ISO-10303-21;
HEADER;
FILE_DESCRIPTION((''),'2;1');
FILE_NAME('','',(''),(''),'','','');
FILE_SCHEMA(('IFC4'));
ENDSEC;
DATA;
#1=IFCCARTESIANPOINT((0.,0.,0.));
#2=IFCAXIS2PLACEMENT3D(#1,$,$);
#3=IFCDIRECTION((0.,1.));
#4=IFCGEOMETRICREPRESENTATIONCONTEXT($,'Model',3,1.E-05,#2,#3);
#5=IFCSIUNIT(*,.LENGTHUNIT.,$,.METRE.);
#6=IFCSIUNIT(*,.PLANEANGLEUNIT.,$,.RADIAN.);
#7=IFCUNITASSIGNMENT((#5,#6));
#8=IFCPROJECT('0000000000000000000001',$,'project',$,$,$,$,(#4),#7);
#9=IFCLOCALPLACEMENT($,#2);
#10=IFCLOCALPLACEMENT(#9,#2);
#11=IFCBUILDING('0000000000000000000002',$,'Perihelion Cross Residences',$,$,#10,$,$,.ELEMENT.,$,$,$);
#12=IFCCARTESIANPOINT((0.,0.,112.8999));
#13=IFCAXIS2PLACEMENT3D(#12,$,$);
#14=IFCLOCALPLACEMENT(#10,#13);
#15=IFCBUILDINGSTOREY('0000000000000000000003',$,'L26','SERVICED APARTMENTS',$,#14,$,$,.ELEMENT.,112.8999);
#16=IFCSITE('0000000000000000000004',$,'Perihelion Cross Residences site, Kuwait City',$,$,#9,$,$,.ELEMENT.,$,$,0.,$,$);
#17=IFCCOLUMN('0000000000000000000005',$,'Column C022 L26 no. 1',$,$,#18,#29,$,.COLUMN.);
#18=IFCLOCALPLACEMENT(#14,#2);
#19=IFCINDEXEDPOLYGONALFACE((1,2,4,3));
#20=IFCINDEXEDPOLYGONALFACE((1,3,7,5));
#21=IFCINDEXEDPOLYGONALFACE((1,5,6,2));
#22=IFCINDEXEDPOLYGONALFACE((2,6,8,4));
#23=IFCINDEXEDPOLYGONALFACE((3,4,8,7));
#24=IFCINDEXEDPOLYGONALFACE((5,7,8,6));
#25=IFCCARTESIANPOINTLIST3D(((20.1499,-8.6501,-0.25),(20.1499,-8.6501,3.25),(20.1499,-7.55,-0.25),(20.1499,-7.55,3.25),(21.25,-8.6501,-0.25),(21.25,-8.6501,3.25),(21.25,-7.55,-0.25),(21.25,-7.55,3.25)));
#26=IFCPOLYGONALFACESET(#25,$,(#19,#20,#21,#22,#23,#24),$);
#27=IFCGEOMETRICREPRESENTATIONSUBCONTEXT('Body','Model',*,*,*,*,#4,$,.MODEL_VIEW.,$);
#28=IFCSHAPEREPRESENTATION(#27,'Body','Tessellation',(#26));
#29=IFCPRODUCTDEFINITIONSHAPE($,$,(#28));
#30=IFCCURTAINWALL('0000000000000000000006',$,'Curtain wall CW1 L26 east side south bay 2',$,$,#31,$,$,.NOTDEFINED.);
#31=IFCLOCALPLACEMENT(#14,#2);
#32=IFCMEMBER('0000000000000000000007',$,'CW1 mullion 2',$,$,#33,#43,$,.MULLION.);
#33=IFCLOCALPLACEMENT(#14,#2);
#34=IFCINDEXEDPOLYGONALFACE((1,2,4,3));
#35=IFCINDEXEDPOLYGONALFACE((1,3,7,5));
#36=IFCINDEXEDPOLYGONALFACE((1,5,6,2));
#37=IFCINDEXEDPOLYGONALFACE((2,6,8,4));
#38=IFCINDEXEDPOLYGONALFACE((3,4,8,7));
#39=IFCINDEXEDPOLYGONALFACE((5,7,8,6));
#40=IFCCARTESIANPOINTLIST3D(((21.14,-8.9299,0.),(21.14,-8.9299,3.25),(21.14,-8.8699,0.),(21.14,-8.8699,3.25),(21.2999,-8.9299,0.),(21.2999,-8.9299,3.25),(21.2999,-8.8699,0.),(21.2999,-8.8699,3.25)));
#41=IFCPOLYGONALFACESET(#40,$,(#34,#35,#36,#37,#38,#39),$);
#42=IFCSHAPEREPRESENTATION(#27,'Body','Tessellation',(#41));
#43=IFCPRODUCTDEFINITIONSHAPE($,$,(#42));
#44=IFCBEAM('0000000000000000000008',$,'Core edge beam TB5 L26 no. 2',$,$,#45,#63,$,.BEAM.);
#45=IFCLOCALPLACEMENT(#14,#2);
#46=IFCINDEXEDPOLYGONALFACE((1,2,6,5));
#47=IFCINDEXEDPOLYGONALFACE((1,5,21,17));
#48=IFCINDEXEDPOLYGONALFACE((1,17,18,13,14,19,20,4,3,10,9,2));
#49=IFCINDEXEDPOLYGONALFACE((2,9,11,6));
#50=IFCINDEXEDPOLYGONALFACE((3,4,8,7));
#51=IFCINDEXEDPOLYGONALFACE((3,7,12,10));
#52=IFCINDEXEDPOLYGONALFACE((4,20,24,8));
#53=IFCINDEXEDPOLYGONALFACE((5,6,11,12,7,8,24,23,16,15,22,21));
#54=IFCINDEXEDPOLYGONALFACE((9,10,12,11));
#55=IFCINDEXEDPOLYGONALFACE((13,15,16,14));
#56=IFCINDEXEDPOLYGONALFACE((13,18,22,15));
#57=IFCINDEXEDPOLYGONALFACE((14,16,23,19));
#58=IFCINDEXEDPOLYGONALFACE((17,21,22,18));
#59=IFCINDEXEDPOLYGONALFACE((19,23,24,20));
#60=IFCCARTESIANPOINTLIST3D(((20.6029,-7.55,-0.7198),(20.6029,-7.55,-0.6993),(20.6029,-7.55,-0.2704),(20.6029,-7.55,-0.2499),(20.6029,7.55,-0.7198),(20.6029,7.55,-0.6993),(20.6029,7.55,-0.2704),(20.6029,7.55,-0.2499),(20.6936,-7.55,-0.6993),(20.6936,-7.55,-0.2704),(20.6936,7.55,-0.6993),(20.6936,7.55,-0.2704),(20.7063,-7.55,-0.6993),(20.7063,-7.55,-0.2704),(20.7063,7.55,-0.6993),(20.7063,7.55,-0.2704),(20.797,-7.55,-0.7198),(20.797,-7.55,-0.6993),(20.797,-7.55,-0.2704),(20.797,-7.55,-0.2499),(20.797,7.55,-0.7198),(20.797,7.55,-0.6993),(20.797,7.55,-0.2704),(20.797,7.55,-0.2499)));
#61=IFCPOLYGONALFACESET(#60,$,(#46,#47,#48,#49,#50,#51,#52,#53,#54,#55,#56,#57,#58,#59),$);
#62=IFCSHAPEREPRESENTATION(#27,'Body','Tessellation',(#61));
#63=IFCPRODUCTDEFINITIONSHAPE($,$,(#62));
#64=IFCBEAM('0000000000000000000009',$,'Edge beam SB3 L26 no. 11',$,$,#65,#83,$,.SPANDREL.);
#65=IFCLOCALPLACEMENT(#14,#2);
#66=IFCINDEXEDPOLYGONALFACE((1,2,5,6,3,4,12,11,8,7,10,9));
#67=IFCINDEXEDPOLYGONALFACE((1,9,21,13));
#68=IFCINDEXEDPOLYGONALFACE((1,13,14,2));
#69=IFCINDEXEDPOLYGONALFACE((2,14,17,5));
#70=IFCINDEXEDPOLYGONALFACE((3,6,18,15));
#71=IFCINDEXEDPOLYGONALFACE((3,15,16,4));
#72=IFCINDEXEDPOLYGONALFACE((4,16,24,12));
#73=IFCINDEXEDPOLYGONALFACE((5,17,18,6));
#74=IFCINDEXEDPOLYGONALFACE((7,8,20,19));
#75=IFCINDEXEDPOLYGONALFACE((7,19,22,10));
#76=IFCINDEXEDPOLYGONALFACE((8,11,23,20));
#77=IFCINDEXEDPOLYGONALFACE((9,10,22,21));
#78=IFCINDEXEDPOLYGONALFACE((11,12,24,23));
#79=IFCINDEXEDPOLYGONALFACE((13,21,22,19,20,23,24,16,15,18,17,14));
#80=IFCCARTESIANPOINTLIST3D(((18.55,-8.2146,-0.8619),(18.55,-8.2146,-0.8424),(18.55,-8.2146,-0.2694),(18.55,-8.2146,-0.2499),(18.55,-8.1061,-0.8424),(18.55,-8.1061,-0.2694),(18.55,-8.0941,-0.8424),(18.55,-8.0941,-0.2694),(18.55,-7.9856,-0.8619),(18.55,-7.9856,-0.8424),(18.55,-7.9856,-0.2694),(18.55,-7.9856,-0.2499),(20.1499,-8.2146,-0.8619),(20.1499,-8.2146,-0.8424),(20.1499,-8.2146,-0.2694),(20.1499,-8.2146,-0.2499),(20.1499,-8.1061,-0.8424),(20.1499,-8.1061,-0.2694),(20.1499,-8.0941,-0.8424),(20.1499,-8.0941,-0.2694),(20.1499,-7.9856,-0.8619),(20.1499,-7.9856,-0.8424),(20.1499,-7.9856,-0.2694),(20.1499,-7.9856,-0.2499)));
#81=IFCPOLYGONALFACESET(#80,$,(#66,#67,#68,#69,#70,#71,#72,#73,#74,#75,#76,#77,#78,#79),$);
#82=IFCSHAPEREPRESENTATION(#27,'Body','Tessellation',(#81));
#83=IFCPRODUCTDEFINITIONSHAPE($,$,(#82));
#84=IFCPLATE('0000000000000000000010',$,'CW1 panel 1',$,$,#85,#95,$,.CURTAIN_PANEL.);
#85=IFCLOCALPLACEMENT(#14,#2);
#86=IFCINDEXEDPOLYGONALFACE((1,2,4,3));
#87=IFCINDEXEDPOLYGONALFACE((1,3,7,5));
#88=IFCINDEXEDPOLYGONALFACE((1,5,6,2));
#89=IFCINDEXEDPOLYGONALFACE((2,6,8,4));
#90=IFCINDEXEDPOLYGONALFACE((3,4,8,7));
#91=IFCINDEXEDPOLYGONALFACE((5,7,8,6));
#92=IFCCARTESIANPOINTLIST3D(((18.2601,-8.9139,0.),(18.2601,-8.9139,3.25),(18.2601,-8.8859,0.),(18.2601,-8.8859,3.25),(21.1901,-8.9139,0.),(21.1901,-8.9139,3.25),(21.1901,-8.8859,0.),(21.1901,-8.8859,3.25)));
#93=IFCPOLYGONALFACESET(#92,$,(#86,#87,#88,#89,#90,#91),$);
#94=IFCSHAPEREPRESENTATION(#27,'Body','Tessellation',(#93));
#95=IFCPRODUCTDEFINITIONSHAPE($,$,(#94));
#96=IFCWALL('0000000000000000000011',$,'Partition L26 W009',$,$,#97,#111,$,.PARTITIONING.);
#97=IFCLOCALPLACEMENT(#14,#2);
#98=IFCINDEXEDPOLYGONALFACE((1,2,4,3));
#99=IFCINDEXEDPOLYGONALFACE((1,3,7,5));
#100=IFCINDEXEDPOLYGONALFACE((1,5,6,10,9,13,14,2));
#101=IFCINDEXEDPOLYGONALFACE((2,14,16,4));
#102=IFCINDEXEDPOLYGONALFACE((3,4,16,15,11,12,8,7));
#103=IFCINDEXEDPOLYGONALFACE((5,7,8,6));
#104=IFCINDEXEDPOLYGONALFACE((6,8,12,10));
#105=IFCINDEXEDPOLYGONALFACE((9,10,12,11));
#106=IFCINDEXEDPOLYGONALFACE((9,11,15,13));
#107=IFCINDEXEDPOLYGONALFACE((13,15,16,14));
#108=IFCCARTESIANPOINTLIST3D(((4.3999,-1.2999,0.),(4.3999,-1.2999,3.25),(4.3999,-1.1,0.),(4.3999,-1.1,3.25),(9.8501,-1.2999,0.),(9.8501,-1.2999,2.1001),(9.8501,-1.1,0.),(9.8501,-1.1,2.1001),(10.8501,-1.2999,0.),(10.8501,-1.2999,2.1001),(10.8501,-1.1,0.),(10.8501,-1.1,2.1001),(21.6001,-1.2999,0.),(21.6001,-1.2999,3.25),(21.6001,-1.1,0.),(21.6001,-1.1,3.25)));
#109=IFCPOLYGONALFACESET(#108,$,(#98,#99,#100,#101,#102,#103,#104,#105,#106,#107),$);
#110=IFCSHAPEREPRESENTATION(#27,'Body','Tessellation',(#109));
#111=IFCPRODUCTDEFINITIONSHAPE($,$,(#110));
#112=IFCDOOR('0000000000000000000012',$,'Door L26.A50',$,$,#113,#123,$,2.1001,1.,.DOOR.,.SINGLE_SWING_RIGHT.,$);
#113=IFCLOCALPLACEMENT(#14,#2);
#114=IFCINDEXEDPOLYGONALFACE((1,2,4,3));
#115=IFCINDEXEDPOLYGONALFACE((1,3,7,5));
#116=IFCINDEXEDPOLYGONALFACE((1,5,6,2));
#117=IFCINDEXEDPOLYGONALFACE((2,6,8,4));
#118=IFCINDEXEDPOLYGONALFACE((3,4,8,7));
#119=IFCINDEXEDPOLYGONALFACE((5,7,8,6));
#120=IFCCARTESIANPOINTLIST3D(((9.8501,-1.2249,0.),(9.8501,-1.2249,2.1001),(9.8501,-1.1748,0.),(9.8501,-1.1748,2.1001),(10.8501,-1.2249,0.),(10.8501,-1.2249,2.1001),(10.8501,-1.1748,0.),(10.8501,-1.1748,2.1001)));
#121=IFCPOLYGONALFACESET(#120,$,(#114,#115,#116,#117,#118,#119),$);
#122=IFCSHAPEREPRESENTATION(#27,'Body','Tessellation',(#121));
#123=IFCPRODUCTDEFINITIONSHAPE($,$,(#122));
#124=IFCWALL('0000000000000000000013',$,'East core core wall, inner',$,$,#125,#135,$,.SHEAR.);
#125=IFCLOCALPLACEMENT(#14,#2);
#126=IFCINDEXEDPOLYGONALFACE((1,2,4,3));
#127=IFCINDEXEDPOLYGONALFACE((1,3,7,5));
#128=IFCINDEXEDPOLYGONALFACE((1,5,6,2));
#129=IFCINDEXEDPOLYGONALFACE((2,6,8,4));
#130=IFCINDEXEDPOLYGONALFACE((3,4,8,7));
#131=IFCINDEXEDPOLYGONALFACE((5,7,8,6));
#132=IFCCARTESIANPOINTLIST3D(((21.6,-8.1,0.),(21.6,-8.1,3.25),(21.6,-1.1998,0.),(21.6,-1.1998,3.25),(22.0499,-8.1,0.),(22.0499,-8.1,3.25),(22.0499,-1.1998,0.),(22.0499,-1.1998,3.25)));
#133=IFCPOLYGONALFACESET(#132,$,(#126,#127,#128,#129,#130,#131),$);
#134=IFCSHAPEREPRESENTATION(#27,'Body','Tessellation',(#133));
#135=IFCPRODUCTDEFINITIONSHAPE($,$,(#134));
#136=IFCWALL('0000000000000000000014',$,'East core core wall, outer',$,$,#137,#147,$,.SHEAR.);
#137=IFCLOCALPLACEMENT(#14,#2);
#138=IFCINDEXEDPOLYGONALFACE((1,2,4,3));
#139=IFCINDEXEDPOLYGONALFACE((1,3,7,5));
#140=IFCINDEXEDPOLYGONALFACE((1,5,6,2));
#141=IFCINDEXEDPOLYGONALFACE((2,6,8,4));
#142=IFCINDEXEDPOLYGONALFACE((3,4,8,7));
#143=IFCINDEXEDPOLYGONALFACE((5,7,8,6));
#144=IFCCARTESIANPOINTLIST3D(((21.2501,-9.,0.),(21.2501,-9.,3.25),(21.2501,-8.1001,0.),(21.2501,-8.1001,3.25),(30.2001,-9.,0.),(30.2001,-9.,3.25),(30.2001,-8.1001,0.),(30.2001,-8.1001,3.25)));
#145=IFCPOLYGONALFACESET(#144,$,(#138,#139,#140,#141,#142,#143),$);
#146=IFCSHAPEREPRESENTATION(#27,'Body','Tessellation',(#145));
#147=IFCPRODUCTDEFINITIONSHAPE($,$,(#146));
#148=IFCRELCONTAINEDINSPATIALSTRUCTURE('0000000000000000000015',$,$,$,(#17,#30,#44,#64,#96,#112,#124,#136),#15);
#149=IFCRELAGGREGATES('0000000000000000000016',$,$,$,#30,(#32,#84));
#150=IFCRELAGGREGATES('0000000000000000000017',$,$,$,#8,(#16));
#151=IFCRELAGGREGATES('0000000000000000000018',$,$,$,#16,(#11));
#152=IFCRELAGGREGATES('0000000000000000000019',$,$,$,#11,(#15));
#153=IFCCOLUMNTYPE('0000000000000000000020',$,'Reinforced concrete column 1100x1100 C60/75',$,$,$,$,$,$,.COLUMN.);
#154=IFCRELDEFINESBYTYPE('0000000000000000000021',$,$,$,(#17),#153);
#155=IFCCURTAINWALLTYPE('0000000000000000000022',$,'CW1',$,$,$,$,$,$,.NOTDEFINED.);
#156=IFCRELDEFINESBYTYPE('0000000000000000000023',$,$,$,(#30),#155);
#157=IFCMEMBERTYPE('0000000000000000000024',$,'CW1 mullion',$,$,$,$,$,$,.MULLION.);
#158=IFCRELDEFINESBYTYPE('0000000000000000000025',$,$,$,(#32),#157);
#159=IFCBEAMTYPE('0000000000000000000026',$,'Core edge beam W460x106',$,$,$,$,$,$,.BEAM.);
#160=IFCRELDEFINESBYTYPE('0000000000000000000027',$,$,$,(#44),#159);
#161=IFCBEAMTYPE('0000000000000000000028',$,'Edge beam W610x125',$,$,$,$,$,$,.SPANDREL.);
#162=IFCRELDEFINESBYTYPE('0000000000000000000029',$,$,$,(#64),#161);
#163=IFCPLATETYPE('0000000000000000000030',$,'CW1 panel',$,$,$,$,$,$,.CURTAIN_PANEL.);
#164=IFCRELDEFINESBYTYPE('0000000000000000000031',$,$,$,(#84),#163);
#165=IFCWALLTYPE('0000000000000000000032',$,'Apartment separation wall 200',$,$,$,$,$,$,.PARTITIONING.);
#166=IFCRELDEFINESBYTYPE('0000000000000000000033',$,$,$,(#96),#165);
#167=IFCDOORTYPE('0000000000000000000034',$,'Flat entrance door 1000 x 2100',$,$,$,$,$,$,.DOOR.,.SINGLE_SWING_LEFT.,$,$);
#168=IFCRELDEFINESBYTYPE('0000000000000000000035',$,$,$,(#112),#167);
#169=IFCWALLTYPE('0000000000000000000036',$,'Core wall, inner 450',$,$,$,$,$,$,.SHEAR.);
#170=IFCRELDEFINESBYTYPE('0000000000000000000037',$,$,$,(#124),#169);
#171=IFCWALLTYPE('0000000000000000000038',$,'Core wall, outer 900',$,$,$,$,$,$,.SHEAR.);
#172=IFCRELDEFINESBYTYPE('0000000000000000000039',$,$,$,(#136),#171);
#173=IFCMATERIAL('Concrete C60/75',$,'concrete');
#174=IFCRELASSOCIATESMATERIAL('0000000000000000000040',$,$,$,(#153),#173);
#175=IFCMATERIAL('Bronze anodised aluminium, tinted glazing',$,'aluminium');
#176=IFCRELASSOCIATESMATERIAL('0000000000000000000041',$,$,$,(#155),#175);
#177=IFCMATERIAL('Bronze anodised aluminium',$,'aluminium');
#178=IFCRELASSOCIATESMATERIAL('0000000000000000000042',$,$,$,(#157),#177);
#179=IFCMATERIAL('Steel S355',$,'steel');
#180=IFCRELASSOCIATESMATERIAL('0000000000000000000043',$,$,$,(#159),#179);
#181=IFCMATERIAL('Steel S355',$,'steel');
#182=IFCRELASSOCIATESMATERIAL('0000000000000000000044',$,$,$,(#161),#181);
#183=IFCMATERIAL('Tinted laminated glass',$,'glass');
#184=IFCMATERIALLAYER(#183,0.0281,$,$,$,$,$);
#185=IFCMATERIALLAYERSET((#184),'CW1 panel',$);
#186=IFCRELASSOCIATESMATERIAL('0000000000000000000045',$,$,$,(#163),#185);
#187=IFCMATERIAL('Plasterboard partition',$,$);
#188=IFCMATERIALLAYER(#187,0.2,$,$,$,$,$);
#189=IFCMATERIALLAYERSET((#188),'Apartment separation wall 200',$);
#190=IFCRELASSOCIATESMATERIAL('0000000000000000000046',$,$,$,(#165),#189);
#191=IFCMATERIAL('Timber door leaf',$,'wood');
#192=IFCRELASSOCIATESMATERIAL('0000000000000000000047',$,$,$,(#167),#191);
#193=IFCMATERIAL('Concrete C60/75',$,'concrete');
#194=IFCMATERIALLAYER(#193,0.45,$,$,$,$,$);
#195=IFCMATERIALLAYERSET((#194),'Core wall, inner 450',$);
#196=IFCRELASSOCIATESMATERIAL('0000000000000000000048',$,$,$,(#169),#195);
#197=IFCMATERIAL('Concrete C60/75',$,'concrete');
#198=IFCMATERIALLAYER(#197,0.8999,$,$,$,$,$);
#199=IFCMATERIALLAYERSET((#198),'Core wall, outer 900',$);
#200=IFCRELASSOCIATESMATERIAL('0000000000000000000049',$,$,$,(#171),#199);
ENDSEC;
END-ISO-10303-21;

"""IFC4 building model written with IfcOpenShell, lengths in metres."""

from ifc_helpers import new_model, si_unit, direction, frame, frame_2d, origin, origin_2d, place, context, subcontext, project, spatial, rectangle, i_section, extrude, material, layer, layer_set, material_profile, profile_set, type_object, element, fill, aggregate, save


model = new_model("IFC4")

# Units and contexts
model_context = context("Model", 3, precision=1e-05, world=origin(), true_north=direction((0.0, 1.0)))
body_context = subcontext(model_context, "Body", "Model", "MODEL_VIEW")
ifc_project = project(units=[si_unit("LENGTHUNIT", "METRE"), si_unit("PLANEANGLEUNIT", "RADIAN")], contexts=[model_context])

# Site, building, storey
site_placement = place(None, origin())
site = spatial("IfcSite", under=ifc_project, at=site_placement, Name="Perihelion Cross Residences site, Kuwait City", CompositionType="ELEMENT", RefElevation=0.0)
building_placement = place(site_placement, origin())
building = spatial("IfcBuilding", under=site, at=building_placement, Name="Perihelion Cross Residences", CompositionType="ELEMENT")
storey_placement = place(building_placement, frame((0.0, 0.0, 112.8999)))
storey = spatial("IfcBuildingStorey", under=building, at=storey_placement, Name="L26", Description="SERVICED APARTMENTS", CompositionType="ELEMENT", Elevation=112.8999)

# Column
ifc_material_1 = material(Name="Concrete C60/75", Category="concrete")
ifc_material_profile_1 = material_profile(ifc_material_1, rectangle(XDim=1.1001, YDim=1.1001, at=origin_2d()), Name="RC 1100x1100")
ifc_profile_set_1 = profile_set([ifc_material_profile_1], Name="Concrete C60/75")
column_type = type_object("IfcColumnType", Name="Reinforced concrete column 1100x1100 C60/75", PredefinedType="COLUMN", material=ifc_profile_set_1)
column_placement = place(storey_placement, frame((20.7, -8.1001, -0.25), z_axis=(0.0, 0.0, 1.0), x_axis=(1.0, 0.0, 0.0)))
element("IfcColumn", 1, at=column_placement, inside=storey, type_object=column_type, Name="Column C022 L26 no. 1", PredefinedType="COLUMN", context=body_context, shape_type="SweptSolid", body=[
    extrude(rectangle(XDim=1.1001, YDim=1.1001, at=origin_2d()), origin(), (0.0, 0.0, 1.0), 3.5),
])

# Curtain wall, member
ifc_material_2 = material(Name="Bronze anodised aluminium, tinted glazing", Category="aluminium")
curtain_wall_type = type_object("IfcCurtainWallType", Name="CW1", PredefinedType="NOTDEFINED", material=ifc_material_2)
curtain_wall_placement = place(storey_placement, origin())
curtain_wall = element("IfcCurtainWall", 2, at=curtain_wall_placement, inside=storey, type_object=curtain_wall_type, Name="Curtain wall CW1 L26 east side south bay 2", PredefinedType="NOTDEFINED")
ifc_material_3 = material(Name="Bronze anodised aluminium", Category="aluminium")
ifc_material_profile_2 = material_profile(ifc_material_3, rectangle(XDim=0.0601, YDim=0.1599, at=origin_2d()), Name="CW1 mullion")
ifc_profile_set_2 = profile_set([ifc_material_profile_2], Name="Bronze anodised aluminium")
member_type = type_object("IfcMemberType", Name="CW1 mullion", PredefinedType="MULLION", material=ifc_profile_set_2)
member_placement = place(storey_placement, frame((21.22, -8.8999, 0.0), z_axis=(0.0, 0.0, 1.0), x_axis=(0.0, 1.0, 0.0)))
member = element("IfcMember", 3, at=member_placement, type_object=member_type, Name="CW1 mullion 2", PredefinedType="MULLION", context=body_context, shape_type="SweptSolid", body=[
    extrude(rectangle(XDim=0.0601, YDim=0.1599, at=origin_2d()), origin(), (0.0, 0.0, 1.0), 3.25),
])

# Beams
ifc_material_4 = material(Name="Steel S355", Category="steel")
ifc_material_profile_3 = material_profile(ifc_material_4, i_section(OverallWidth=0.1941, OverallDepth=0.47, WebThickness=0.0127, FlangeThickness=0.0205, at=origin_2d()), Name="W460x106")
ifc_profile_set_3 = profile_set([ifc_material_profile_3], Name="Steel S355")
beam_type_1 = type_object("IfcBeamType", Name="Core edge beam W460x106", PredefinedType="BEAM", material=ifc_profile_set_3)
beam_1_placement = place(storey_placement, frame((20.7, -7.55, -0.4849), z_axis=(0.0, 1.0, 0.0), x_axis=(-1.0, 0.0, 0.0)))
element("IfcBeam", 4, at=beam_1_placement, inside=storey, type_object=beam_type_1, Name="Core edge beam TB5 L26 no. 2", PredefinedType="BEAM", context=body_context, shape_type="SweptSolid", body=[
    extrude(i_section(OverallWidth=0.1941, OverallDepth=0.47, WebThickness=0.0127, FlangeThickness=0.0205, at=origin_2d()), origin(), (0.0, 0.0, 1.0), 15.1001),
])
ifc_material_5 = material(Name="Steel S355", Category="steel")
ifc_material_profile_4 = material_profile(ifc_material_5, i_section(OverallWidth=0.229, OverallDepth=0.6121, WebThickness=0.012, FlangeThickness=0.0195, at=origin_2d()), Name="W610x125")
ifc_profile_set_4 = profile_set([ifc_material_profile_4], Name="Steel S355")
beam_type_2 = type_object("IfcBeamType", Name="Edge beam W610x125", PredefinedType="SPANDREL", material=ifc_profile_set_4)
beam_2_placement = place(storey_placement, frame((18.55, -8.1001, -0.5559), z_axis=(1.0, 0.0, 0.0), x_axis=(0.0, 1.0, 0.0)))
element("IfcBeam", 5, at=beam_2_placement, inside=storey, type_object=beam_type_2, Name="Edge beam SB3 L26 no. 11", PredefinedType="SPANDREL", context=body_context, shape_type="SweptSolid", body=[
    extrude(i_section(OverallWidth=0.229, OverallDepth=0.6121, WebThickness=0.012, FlangeThickness=0.0195, at=origin_2d()), origin(), (0.0, 0.0, 1.0), 1.5999),
])

# Plate
ifc_material_6 = material(Name="Tinted laminated glass", Category="glass")
ifc_layer_1 = layer(ifc_material_6, 0.0281)
ifc_layer_set_1 = layer_set([ifc_layer_1], Name="CW1 panel")
plate_type = type_object("IfcPlateType", Name="CW1 panel", PredefinedType="CURTAIN_PANEL", material=ifc_layer_set_1)
plate_placement = place(storey_placement, frame((19.7251, -8.8999, 0.0), z_axis=(0.0, 0.0, 1.0), x_axis=(1.0, 0.0, 0.0)))
plate = element("IfcPlate", 6, at=plate_placement, type_object=plate_type, Name="CW1 panel 1", PredefinedType="CURTAIN_PANEL", context=body_context, shape_type="SweptSolid", body=[
    extrude(rectangle(XDim=2.9299, YDim=0.0281, at=origin_2d()), origin(), (0.0, 0.0, 1.0), 3.25),
])
aggregate(curtain_wall, [member, plate])

# Wall, opening, door
ifc_material_7 = material(Name="Plasterboard partition")
ifc_layer_2 = layer(ifc_material_7, 0.2)
ifc_layer_set_2 = layer_set([ifc_layer_2], Name="Apartment separation wall 200")
wall_type_1 = type_object("IfcWallType", Name="Apartment separation wall 200", PredefinedType="PARTITIONING", material=ifc_layer_set_2)
wall_1_placement = place(storey_placement, frame((21.6001, -1.2, 0.0), z_axis=(0.0, 0.0, 1.0), x_axis=(-1.0, 0.0, 0.0)))
wall_1 = element("IfcWall", 7, at=wall_1_placement, inside=storey, type_object=wall_type_1, Name="Partition L26 W009", PredefinedType="PARTITIONING", context=body_context, shape_type="SweptSolid", body=[
    extrude(rectangle(XDim=17.2002, YDim=0.2, at=frame_2d((8.6001, 0.0))), origin(), (0.0, 0.0, 1.0), 3.25),
])
opening_1_placement = place(wall_1_placement, frame((10.75, 0.0, 0.0)))
opening_1 = element("IfcOpeningElement", 8, at=opening_1_placement, cuts=wall_1, PredefinedType="OPENING", context=body_context, shape_type="SweptSolid", body=[
    extrude(rectangle(XDim=1.0, YDim=2.1001, at=frame_2d((0.5, 1.05))), frame((0.0, 0.1099, 0.0), z_axis=(0.0, -1.0, 0.0), x_axis=(1.0, 0.0, 0.0)), (0.0, 0.0, 1.0), 0.22),
])
ifc_material_8 = material(Name="Timber door leaf", Category="wood")
door_type_1 = type_object("IfcDoorType", Name="Flat entrance door 1000 x 2100", OperationType="SINGLE_SWING_LEFT", PredefinedType="DOOR", material=ifc_material_8)
door_1_placement = place(opening_1_placement, origin())
door_1 = element("IfcDoor", 9, at=door_1_placement, inside=storey, type_object=door_type_1, Name="Door L26.A50", OperationType="SINGLE_SWING_RIGHT", OverallHeight=2.1001, OverallWidth=1.0, PredefinedType="DOOR", context=body_context, shape_type="SweptSolid", body=[
    extrude(rectangle(XDim=1.0, YDim=2.1001, at=frame_2d((0.5, 1.05))), frame((0.0, 0.0249, 0.0), z_axis=(0.0, -1.0, 0.0), x_axis=(1.0, 0.0, 0.0)), (0.0, 0.0, 1.0), 0.05),
])
fill(opening_1, door_1)

# Walls
ifc_material_9 = material(Name="Concrete C60/75", Category="concrete")
ifc_layer_3 = layer(ifc_material_9, 0.45)
ifc_layer_set_3 = layer_set([ifc_layer_3], Name="Core wall, inner 450")
wall_type_2 = type_object("IfcWallType", Name="Core wall, inner 450", PredefinedType="SHEAR", material=ifc_layer_set_3)
wall_2_placement = place(storey_placement, frame((21.825, -8.1001, 0.0), z_axis=(0.0, 0.0, 1.0), x_axis=(0.0, 1.0, 0.0)))
element("IfcWall", 10, at=wall_2_placement, inside=storey, type_object=wall_type_2, Name="East core core wall, inner", PredefinedType="SHEAR", context=body_context, shape_type="SweptSolid", body=[
    extrude(rectangle(XDim=6.9001, YDim=0.45, at=frame_2d((3.4502, 0.0))), origin(), (0.0, 0.0, 1.0), 3.25),
])
ifc_material_10 = material(Name="Concrete C60/75", Category="concrete")
ifc_layer_4 = layer(ifc_material_10, 0.8999)
ifc_layer_set_4 = layer_set([ifc_layer_4], Name="Core wall, outer 900")
wall_type_3 = type_object("IfcWallType", Name="Core wall, outer 900", PredefinedType="SHEAR", material=ifc_layer_set_4)
wall_3_placement = place(storey_placement, frame((21.25, -8.55, 0.0), z_axis=(0.0, 0.0, 1.0), x_axis=(1.0, 0.0, 0.0)))
element("IfcWall", 11, at=wall_3_placement, inside=storey, type_object=wall_type_3, Name="East core core wall, outer", PredefinedType="SHEAR", context=body_context, shape_type="SweptSolid", body=[
    extrude(rectangle(XDim=8.95, YDim=0.8999, at=frame_2d((4.4751, 0.0))), origin(), (0.0, 0.0, 1.0), 3.25),
])

save(model, "model.ifc")
